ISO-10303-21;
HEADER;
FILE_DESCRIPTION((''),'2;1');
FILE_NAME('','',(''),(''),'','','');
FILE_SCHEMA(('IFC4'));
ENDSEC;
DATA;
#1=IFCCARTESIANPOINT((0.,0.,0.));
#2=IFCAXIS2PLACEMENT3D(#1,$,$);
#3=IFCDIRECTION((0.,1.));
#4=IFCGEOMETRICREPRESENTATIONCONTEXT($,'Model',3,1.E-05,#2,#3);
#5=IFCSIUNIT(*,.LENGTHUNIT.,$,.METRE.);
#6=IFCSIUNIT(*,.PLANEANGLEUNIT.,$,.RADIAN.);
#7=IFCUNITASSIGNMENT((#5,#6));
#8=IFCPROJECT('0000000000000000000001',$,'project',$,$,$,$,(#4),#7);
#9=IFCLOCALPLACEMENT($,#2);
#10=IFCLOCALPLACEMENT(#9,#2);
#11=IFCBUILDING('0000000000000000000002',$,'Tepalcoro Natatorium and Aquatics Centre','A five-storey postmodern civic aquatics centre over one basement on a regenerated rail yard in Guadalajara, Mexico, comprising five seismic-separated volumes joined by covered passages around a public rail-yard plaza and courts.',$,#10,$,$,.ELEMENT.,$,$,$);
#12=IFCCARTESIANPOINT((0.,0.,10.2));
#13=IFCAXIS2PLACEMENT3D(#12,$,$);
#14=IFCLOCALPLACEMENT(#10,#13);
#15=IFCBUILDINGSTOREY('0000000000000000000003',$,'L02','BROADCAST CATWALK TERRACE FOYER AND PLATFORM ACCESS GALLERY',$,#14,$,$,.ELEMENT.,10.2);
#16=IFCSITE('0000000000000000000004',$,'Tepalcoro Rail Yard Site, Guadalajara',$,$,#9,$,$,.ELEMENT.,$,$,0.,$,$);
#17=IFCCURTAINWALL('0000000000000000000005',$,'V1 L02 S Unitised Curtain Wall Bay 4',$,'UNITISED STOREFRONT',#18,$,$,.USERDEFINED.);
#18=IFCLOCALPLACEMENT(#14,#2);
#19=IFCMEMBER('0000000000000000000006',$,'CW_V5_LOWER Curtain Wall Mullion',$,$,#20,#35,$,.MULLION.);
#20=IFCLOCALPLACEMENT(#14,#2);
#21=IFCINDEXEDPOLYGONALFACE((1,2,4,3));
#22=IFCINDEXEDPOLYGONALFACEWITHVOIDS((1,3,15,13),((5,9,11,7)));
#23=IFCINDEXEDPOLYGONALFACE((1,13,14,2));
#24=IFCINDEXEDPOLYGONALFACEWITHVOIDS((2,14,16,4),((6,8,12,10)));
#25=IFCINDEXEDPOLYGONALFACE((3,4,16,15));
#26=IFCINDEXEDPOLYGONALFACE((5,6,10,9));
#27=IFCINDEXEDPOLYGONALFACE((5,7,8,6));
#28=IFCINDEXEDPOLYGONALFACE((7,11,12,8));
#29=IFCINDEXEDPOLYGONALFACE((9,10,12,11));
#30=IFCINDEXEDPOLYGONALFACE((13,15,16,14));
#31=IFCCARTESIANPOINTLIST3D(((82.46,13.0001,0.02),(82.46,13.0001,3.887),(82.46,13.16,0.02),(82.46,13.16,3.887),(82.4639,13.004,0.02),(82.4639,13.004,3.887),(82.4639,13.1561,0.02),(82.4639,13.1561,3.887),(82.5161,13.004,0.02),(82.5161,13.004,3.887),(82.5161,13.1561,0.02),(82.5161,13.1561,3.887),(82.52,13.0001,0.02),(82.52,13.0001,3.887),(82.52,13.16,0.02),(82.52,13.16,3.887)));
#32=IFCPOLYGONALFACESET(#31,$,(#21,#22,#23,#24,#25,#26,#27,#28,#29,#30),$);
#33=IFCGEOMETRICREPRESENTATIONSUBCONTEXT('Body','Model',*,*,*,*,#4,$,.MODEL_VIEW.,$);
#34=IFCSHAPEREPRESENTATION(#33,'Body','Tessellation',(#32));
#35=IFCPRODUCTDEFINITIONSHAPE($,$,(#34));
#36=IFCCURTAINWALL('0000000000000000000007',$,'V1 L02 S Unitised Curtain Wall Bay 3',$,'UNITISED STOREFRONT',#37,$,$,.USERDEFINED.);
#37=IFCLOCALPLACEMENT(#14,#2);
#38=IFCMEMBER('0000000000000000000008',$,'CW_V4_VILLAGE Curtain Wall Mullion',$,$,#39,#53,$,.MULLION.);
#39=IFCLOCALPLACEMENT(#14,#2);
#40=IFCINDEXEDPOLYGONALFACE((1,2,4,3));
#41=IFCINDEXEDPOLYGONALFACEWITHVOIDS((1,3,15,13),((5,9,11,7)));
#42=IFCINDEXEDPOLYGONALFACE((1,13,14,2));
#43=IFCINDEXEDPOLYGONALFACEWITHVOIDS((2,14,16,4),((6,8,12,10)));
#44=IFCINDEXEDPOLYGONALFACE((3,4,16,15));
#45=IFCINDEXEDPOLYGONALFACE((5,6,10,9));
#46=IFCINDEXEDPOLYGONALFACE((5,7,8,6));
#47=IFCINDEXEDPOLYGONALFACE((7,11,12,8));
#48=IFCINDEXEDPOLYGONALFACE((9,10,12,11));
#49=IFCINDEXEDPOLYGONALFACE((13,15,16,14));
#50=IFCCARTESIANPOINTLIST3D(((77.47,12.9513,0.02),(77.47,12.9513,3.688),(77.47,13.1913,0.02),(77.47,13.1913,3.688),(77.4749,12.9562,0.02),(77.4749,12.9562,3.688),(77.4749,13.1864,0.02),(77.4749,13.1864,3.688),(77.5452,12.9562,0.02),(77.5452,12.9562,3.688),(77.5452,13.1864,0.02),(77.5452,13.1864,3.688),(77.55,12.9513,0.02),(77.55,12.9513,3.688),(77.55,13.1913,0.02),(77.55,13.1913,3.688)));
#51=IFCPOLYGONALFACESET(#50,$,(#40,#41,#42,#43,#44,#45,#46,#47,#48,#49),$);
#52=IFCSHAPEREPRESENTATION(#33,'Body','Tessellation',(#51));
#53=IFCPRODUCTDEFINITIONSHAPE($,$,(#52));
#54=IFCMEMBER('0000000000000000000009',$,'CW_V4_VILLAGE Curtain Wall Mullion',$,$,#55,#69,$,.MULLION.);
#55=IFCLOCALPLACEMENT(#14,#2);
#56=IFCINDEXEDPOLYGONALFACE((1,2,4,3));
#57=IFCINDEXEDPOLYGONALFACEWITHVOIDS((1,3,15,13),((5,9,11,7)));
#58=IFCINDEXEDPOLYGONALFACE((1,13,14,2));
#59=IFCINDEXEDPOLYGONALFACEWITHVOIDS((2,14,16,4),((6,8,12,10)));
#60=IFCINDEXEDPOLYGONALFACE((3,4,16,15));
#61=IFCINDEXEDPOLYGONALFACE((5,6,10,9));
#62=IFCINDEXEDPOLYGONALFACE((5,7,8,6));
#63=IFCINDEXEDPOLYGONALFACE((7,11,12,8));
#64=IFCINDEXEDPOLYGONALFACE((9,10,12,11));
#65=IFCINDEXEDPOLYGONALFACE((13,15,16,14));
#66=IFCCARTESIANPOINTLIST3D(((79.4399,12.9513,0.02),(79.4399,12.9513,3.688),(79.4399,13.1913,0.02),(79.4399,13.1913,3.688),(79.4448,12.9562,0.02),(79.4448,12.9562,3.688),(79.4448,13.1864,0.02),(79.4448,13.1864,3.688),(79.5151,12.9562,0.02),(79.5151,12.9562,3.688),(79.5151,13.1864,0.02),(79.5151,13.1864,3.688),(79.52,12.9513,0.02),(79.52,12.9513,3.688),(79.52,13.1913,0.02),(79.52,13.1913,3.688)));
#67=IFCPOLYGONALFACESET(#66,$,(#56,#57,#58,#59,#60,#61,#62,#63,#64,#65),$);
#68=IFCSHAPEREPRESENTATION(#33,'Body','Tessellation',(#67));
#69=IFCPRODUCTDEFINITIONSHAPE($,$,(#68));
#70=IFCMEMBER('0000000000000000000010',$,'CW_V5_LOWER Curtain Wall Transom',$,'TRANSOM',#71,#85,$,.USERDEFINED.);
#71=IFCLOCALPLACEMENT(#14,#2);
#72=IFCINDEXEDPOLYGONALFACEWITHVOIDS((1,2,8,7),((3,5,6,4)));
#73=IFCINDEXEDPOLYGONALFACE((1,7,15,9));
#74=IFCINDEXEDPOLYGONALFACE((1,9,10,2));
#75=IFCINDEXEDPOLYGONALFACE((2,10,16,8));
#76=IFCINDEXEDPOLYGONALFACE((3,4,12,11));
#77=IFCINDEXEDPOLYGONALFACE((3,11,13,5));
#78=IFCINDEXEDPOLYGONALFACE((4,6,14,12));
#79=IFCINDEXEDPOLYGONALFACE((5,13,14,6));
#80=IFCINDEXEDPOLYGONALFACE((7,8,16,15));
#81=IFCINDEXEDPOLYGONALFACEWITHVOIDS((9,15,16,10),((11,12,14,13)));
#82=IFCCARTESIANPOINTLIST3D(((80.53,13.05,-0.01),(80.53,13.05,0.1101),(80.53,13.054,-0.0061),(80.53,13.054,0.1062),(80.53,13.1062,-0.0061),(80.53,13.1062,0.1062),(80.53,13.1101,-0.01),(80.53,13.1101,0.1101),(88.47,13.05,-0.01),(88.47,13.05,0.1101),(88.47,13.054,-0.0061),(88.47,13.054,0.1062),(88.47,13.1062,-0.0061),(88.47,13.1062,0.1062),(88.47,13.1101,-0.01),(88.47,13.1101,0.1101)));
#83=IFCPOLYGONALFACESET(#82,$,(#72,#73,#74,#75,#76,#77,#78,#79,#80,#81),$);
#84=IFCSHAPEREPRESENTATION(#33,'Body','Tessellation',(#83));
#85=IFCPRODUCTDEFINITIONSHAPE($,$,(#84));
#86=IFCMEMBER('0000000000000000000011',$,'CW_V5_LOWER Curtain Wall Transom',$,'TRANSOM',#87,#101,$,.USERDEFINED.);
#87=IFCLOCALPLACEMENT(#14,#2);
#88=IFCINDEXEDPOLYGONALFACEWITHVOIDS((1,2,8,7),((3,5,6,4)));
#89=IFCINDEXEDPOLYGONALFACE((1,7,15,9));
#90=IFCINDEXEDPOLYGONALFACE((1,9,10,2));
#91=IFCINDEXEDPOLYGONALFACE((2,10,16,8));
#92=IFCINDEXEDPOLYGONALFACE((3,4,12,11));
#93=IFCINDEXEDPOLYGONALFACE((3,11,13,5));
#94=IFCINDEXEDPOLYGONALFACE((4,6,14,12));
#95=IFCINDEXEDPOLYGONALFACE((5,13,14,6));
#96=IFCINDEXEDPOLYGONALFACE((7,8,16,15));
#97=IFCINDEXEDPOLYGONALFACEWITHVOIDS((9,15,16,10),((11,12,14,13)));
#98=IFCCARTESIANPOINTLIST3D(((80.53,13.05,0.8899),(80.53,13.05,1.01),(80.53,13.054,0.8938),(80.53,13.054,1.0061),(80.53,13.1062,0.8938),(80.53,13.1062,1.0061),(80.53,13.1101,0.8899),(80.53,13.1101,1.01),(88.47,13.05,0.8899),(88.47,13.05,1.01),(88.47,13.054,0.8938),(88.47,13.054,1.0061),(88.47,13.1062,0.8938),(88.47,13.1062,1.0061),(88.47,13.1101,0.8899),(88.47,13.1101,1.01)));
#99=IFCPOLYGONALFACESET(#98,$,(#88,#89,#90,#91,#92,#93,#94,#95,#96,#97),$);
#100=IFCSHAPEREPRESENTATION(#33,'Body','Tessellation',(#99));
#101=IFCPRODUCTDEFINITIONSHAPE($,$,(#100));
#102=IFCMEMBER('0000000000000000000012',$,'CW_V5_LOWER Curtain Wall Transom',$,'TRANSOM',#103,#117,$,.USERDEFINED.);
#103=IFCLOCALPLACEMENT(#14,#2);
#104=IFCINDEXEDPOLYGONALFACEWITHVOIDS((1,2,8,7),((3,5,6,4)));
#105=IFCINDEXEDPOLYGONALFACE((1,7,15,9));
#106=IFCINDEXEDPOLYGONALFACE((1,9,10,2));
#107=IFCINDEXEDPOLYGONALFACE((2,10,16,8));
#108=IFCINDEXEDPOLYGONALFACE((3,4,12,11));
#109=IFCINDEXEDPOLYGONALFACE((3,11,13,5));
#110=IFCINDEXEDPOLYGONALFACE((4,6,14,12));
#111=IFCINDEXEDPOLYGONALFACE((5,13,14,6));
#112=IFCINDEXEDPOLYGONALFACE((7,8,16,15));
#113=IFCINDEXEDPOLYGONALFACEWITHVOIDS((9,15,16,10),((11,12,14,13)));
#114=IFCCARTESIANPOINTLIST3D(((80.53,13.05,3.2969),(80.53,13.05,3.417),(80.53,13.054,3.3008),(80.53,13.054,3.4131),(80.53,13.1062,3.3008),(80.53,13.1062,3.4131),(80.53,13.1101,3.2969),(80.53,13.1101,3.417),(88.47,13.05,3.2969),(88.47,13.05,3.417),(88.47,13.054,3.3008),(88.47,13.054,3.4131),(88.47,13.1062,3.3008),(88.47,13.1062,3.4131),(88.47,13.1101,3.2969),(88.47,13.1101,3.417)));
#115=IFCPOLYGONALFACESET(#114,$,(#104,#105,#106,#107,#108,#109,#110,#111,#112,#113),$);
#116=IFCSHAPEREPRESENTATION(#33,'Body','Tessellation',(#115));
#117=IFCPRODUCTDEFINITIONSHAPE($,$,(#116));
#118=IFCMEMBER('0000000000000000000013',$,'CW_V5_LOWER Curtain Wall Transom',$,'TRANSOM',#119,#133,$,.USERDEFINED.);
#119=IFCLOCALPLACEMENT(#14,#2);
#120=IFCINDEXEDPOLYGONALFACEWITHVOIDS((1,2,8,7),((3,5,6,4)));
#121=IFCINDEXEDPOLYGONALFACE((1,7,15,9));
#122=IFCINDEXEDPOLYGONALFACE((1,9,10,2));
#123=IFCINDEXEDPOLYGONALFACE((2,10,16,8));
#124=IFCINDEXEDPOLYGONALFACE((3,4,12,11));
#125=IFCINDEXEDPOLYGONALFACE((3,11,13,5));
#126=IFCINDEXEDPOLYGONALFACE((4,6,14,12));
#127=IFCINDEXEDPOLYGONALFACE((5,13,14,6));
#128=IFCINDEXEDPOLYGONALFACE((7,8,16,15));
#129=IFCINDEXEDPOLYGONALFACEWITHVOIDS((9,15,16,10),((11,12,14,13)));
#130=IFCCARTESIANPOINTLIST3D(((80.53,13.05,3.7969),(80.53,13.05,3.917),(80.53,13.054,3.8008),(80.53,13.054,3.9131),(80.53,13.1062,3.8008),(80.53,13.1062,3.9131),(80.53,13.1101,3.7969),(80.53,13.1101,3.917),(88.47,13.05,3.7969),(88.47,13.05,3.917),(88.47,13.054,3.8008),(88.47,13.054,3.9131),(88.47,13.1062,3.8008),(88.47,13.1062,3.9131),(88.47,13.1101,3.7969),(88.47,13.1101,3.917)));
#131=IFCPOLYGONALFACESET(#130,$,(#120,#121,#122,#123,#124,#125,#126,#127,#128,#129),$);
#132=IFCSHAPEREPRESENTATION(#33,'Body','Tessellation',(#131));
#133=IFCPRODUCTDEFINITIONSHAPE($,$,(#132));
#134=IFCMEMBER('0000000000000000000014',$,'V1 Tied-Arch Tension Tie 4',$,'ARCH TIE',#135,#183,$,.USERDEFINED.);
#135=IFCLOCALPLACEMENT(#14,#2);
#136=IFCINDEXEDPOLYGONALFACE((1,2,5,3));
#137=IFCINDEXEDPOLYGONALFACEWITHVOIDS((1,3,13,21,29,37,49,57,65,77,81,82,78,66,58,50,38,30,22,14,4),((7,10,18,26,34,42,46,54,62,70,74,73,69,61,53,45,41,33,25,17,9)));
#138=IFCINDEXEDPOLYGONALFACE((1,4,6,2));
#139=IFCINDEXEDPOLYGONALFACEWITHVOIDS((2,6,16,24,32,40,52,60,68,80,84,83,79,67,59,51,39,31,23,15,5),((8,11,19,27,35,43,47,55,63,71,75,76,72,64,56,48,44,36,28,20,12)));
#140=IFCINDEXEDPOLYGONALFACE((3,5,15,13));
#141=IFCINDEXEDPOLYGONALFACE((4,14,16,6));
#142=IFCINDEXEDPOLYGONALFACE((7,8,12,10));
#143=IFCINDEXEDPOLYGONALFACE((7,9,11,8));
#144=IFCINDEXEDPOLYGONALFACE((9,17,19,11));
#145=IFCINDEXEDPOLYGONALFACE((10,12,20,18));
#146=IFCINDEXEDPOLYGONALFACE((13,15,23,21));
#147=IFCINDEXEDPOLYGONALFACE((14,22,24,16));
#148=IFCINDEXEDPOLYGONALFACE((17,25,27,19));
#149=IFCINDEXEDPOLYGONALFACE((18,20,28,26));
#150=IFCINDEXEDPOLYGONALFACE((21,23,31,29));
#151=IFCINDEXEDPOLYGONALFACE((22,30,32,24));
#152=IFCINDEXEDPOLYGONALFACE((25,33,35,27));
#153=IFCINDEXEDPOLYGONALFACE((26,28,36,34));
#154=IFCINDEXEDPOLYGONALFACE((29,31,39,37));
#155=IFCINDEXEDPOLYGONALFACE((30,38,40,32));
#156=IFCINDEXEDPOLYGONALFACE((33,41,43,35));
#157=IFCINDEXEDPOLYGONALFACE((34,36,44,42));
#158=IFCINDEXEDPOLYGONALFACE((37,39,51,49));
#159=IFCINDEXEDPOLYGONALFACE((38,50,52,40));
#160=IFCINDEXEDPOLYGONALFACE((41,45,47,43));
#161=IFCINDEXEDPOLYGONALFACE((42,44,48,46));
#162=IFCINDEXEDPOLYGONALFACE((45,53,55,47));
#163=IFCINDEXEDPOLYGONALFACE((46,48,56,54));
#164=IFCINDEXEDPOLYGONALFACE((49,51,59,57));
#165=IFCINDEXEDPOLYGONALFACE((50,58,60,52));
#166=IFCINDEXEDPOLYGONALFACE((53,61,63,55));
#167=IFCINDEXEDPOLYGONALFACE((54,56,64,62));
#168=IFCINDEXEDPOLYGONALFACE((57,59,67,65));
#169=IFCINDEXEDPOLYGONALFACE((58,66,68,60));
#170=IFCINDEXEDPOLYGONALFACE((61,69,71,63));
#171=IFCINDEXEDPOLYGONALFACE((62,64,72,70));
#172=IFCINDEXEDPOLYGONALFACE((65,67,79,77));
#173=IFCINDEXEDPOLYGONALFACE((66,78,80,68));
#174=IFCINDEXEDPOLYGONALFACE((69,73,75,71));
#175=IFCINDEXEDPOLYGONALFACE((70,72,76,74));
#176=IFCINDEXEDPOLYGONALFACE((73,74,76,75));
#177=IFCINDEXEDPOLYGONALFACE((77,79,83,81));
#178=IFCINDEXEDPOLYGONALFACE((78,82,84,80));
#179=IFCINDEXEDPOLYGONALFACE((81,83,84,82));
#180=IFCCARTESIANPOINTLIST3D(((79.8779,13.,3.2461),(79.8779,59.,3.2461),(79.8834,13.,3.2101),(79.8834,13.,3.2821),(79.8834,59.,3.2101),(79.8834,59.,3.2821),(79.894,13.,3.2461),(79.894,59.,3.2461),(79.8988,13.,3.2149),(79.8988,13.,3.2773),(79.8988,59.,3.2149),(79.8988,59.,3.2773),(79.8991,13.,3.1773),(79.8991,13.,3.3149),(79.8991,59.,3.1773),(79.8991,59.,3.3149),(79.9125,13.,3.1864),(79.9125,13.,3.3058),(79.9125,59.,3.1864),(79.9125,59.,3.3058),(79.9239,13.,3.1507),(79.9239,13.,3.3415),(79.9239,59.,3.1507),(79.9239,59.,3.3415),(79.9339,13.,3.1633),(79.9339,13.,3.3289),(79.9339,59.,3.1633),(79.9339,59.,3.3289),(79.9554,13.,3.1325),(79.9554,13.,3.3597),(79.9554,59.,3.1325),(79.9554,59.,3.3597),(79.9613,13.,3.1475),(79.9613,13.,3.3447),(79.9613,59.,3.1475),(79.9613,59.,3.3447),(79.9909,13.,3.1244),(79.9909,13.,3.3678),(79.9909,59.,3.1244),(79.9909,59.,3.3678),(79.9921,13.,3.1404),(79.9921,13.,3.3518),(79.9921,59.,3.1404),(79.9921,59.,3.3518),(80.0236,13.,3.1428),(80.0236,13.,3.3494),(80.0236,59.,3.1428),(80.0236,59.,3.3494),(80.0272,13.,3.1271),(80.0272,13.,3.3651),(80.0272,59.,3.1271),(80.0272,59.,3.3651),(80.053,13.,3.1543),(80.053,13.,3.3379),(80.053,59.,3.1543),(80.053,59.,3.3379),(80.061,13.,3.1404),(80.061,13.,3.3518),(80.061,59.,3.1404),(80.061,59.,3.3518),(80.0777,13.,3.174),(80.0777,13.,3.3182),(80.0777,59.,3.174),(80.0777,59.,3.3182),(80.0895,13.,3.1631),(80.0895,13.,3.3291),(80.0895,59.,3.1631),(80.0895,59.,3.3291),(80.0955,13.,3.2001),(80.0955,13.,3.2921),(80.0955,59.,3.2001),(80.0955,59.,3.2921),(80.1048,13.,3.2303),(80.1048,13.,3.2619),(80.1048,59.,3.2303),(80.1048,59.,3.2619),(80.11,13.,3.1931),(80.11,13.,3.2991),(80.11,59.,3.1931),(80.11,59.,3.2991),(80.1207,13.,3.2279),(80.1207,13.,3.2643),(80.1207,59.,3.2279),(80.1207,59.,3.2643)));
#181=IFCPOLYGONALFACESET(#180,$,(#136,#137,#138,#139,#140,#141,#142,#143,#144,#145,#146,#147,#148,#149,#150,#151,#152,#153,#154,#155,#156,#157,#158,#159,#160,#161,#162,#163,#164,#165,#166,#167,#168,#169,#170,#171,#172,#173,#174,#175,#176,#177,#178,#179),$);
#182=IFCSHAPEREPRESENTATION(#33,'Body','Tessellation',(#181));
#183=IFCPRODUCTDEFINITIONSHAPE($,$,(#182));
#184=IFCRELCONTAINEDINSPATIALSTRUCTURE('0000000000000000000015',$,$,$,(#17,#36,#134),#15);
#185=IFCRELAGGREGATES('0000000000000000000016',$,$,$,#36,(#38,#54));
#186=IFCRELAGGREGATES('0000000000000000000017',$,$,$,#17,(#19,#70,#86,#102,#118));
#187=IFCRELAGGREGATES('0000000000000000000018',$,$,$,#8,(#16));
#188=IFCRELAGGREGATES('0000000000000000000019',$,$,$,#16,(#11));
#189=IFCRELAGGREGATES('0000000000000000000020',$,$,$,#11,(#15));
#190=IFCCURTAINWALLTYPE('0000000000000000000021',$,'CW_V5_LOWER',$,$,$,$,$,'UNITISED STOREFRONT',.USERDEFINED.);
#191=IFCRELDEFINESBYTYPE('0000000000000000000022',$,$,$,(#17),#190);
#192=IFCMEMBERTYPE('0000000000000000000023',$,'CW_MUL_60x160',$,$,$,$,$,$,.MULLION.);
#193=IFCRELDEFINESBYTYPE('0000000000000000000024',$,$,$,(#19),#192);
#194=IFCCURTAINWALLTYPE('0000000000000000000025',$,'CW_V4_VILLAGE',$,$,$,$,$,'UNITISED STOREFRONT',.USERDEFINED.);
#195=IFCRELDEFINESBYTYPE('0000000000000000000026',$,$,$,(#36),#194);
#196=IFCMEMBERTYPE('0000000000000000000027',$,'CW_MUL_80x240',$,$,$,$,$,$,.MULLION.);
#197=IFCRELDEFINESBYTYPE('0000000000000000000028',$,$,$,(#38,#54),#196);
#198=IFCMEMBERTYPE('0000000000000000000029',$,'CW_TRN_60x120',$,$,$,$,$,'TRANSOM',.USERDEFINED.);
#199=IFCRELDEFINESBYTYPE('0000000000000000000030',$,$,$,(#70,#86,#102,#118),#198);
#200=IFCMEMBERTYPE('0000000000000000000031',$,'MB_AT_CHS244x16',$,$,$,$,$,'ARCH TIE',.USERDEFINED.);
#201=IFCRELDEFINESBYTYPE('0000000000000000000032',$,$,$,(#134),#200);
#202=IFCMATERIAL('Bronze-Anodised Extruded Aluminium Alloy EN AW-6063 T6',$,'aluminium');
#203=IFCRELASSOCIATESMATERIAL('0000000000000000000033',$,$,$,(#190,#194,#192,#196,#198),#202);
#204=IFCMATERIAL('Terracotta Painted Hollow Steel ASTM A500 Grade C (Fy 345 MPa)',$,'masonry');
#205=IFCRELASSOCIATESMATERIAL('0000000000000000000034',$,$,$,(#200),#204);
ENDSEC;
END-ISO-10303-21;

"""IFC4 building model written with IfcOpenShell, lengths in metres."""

from ifc_helpers import new_model, si_unit, direction, frame, origin, origin_2d, place, context, subcontext, project, spatial, hollow_rectangle, hollow_circle, extrude, material, material_profile, profile_set, type_object, element, aggregate, save


model = new_model("IFC4")

# Units and contexts
model_context = context("Model", 3, precision=1e-05, world=origin(), true_north=direction((0.0, 1.0)))
body_context = subcontext(model_context, "Body", "Model", "MODEL_VIEW")
ifc_project = project(units=[si_unit("LENGTHUNIT", "METRE"), si_unit("PLANEANGLEUNIT", "RADIAN")], contexts=[model_context])

# Site, building, storey
site_placement = place(None, origin())
site = spatial("IfcSite", under=ifc_project, at=site_placement, Name="Tepalcoro Rail Yard Site, Guadalajara", CompositionType="ELEMENT", RefElevation=0.0)
building_placement = place(site_placement, origin())
building = spatial("IfcBuilding", under=site, at=building_placement, Name="Tepalcoro Natatorium and Aquatics Centre", Description="A five-storey postmodern civic aquatics centre over one basement on a regenerated rail yard in Guadalajara, Mexico, comprising five seismic-separated volumes joined by covered passages around a public rail-yard plaza and courts.", CompositionType="ELEMENT")
storey_placement = place(building_placement, frame((0.0, 0.0, 10.2)))
storey = spatial("IfcBuildingStorey", under=building, at=storey_placement, Name="L02", Description="BROADCAST CATWALK TERRACE FOYER AND PLATFORM ACCESS GALLERY", CompositionType="ELEMENT", Elevation=10.2)

# Shared definitions
ifc_material_1 = material(Name="Terracotta Painted Hollow Steel ASTM A500 Grade C (Fy 345 MPa)", Category="masonry")

# Curtain walls, members
ifc_material_2 = material(Name="Bronze-Anodised Extruded Aluminium Alloy EN AW-6063 T6", Category="aluminium")
curtain_wall_type_1 = type_object("IfcCurtainWallType", Name="CW_V5_LOWER", ElementType="UNITISED STOREFRONT", PredefinedType="USERDEFINED", material=ifc_material_2)
curtain_wall_1_placement = place(storey_placement, origin())
curtain_wall_1 = element("IfcCurtainWall", 1, at=curtain_wall_1_placement, inside=storey, type_object=curtain_wall_type_1, Name="V1 L02 S Unitised Curtain Wall Bay 4", ObjectType="UNITISED STOREFRONT", PredefinedType="USERDEFINED")
ifc_material_profile_1 = material_profile(ifc_material_2, hollow_rectangle(XDim=0.0601, YDim=0.1599, WallThickness=0.0039, at=origin_2d()), Name="AL60X160X4")
ifc_profile_set_1 = profile_set([ifc_material_profile_1], Name="Bronze-Anodised Extruded Aluminium Alloy EN AW-6063 T6")
member_type_1 = type_object("IfcMemberType", Name="CW_MUL_60x160", PredefinedType="MULLION", material=ifc_profile_set_1)
member_1_placement = place(storey_placement, frame((82.49, 13.0801, 0.02), z_axis=(0.0, 0.0, 1.0), x_axis=(1.0, 0.0, 0.0)))
member_1 = element("IfcMember", 2, at=member_1_placement, type_object=member_type_1, Name="CW_V5_LOWER Curtain Wall Mullion", PredefinedType="MULLION", context=body_context, shape_type="SweptSolid", body=[
    extrude(hollow_rectangle(XDim=0.0601, YDim=0.1599, WallThickness=0.0039, at=origin_2d()), origin(), (0.0, 0.0, 1.0), 3.8669),
])
curtain_wall_type_2 = type_object("IfcCurtainWallType", Name="CW_V4_VILLAGE", ElementType="UNITISED STOREFRONT", PredefinedType="USERDEFINED", material=ifc_material_2)
curtain_wall_2_placement = place(storey_placement, origin())
curtain_wall_2 = element("IfcCurtainWall", 3, at=curtain_wall_2_placement, inside=storey, type_object=curtain_wall_type_2, Name="V1 L02 S Unitised Curtain Wall Bay 3", ObjectType="UNITISED STOREFRONT", PredefinedType="USERDEFINED")
ifc_material_profile_2 = material_profile(ifc_material_2, hollow_rectangle(XDim=0.0801, YDim=0.24, WallThickness=0.0049, at=origin_2d()), Name="AL80X240X5")
ifc_profile_set_2 = profile_set([ifc_material_profile_2], Name="Bronze-Anodised Extruded Aluminium Alloy EN AW-6063 T6")
member_type_2 = type_object("IfcMemberType", Name="CW_MUL_80x240", PredefinedType="MULLION", material=ifc_profile_set_2)
member_2_placement = place(storey_placement, frame((77.51, 13.0713, 0.02), z_axis=(0.0, 0.0, 1.0), x_axis=(1.0, 0.0, 0.0)))
member_2 = element("IfcMember", 4, at=member_2_placement, type_object=member_type_2, Name="CW_V4_VILLAGE Curtain Wall Mullion", PredefinedType="MULLION", context=body_context, shape_type="SweptSolid", body=[
    extrude(hollow_rectangle(XDim=0.0801, YDim=0.24, WallThickness=0.0049, at=origin_2d()), origin(), (0.0, 0.0, 1.0), 3.668),
])
member_3_placement = place(storey_placement, frame((79.48, 13.0713, 0.02), z_axis=(0.0, 0.0, 1.0), x_axis=(1.0, 0.0, 0.0)))
member_3 = element("IfcMember", 5, at=member_3_placement, type_object=member_type_2, Name="CW_V4_VILLAGE Curtain Wall Mullion", PredefinedType="MULLION", context=body_context, shape_type="SweptSolid", body=[
    extrude(hollow_rectangle(XDim=0.0801, YDim=0.24, WallThickness=0.0049, at=origin_2d()), origin(), (0.0, 0.0, 1.0), 3.668),
])

# Members
ifc_material_profile_3 = material_profile(ifc_material_2, hollow_rectangle(XDim=0.0601, YDim=0.1201, WallThickness=0.0039, at=origin_2d()), Name="AL60X120X4")
ifc_profile_set_3 = profile_set([ifc_material_profile_3], Name="Bronze-Anodised Extruded Aluminium Alloy EN AW-6063 T6")
member_type_3 = type_object("IfcMemberType", Name="CW_TRN_60x120", ElementType="TRANSOM", PredefinedType="USERDEFINED", material=ifc_profile_set_3)
member_4_placement = place(storey_placement, frame((80.53, 13.0801, 0.05), z_axis=(1.0, 0.0, 0.0), x_axis=(0.0, 1.0, 0.0)))
member_4 = element("IfcMember", 6, at=member_4_placement, type_object=member_type_3, Name="CW_V5_LOWER Curtain Wall Transom", ObjectType="TRANSOM", PredefinedType="USERDEFINED", context=body_context, shape_type="SweptSolid", body=[
    extrude(hollow_rectangle(XDim=0.0601, YDim=0.1201, WallThickness=0.0039, at=origin_2d()), origin(), (0.0, 0.0, 1.0), 7.9399),
])
member_5_placement = place(storey_placement, frame((80.53, 13.0801, 0.95), z_axis=(1.0, 0.0, 0.0), x_axis=(0.0, 1.0, 0.0)))
member_5 = element("IfcMember", 7, at=member_5_placement, type_object=member_type_3, Name="CW_V5_LOWER Curtain Wall Transom", ObjectType="TRANSOM", PredefinedType="USERDEFINED", context=body_context, shape_type="SweptSolid", body=[
    extrude(hollow_rectangle(XDim=0.0601, YDim=0.1201, WallThickness=0.0039, at=origin_2d()), origin(), (0.0, 0.0, 1.0), 7.9399),
])
member_6_placement = place(storey_placement, frame((80.53, 13.0801, 3.3569), z_axis=(1.0, 0.0, 0.0), x_axis=(0.0, 1.0, 0.0)))
member_6 = element("IfcMember", 8, at=member_6_placement, type_object=member_type_3, Name="CW_V5_LOWER Curtain Wall Transom", ObjectType="TRANSOM", PredefinedType="USERDEFINED", context=body_context, shape_type="SweptSolid", body=[
    extrude(hollow_rectangle(XDim=0.0601, YDim=0.1201, WallThickness=0.0039, at=origin_2d()), origin(), (0.0, 0.0, 1.0), 7.9399),
])
member_7_placement = place(storey_placement, frame((80.53, 13.0801, 3.8569), z_axis=(1.0, 0.0, 0.0), x_axis=(0.0, 1.0, 0.0)))
member_7 = element("IfcMember", 9, at=member_7_placement, type_object=member_type_3, Name="CW_V5_LOWER Curtain Wall Transom", ObjectType="TRANSOM", PredefinedType="USERDEFINED", context=body_context, shape_type="SweptSolid", body=[
    extrude(hollow_rectangle(XDim=0.0601, YDim=0.1201, WallThickness=0.0039, at=origin_2d()), origin(), (0.0, 0.0, 1.0), 7.9399),
])

# Member
ifc_material_profile_4 = material_profile(ifc_material_1, hollow_circle(Radius=0.1221, WallThickness=0.0161, at=origin_2d()), Name="CHS244X16")
ifc_profile_set_4 = profile_set([ifc_material_profile_4], Name="Terracotta Painted Hollow Steel ASTM A500 Grade C (Fy 345 MPa)")
member_type_4 = type_object("IfcMemberType", Name="MB_AT_CHS244x16", ElementType="ARCH TIE", PredefinedType="USERDEFINED", material=ifc_profile_set_4)
member_8_placement = place(storey_placement, frame((80.0, 13.0, 3.2461), z_axis=(0.0, 1.0, 0.0), x_axis=(-1.0, 0.0, 0.0)))
element("IfcMember", 10, at=member_8_placement, inside=storey, type_object=member_type_4, Name="V1 Tied-Arch Tension Tie 4", ObjectType="ARCH TIE", PredefinedType="USERDEFINED", context=body_context, shape_type="SweptSolid", body=[
    extrude(hollow_circle(Radius=0.1221, WallThickness=0.0161, at=origin_2d()), origin(), (0.0, 0.0, 1.0), 46.0),
])

aggregate(curtain_wall_2, [member_2, member_3])
aggregate(curtain_wall_1, [member_1, member_4, member_5, member_6, member_7])

save(model, "model.ifc")
